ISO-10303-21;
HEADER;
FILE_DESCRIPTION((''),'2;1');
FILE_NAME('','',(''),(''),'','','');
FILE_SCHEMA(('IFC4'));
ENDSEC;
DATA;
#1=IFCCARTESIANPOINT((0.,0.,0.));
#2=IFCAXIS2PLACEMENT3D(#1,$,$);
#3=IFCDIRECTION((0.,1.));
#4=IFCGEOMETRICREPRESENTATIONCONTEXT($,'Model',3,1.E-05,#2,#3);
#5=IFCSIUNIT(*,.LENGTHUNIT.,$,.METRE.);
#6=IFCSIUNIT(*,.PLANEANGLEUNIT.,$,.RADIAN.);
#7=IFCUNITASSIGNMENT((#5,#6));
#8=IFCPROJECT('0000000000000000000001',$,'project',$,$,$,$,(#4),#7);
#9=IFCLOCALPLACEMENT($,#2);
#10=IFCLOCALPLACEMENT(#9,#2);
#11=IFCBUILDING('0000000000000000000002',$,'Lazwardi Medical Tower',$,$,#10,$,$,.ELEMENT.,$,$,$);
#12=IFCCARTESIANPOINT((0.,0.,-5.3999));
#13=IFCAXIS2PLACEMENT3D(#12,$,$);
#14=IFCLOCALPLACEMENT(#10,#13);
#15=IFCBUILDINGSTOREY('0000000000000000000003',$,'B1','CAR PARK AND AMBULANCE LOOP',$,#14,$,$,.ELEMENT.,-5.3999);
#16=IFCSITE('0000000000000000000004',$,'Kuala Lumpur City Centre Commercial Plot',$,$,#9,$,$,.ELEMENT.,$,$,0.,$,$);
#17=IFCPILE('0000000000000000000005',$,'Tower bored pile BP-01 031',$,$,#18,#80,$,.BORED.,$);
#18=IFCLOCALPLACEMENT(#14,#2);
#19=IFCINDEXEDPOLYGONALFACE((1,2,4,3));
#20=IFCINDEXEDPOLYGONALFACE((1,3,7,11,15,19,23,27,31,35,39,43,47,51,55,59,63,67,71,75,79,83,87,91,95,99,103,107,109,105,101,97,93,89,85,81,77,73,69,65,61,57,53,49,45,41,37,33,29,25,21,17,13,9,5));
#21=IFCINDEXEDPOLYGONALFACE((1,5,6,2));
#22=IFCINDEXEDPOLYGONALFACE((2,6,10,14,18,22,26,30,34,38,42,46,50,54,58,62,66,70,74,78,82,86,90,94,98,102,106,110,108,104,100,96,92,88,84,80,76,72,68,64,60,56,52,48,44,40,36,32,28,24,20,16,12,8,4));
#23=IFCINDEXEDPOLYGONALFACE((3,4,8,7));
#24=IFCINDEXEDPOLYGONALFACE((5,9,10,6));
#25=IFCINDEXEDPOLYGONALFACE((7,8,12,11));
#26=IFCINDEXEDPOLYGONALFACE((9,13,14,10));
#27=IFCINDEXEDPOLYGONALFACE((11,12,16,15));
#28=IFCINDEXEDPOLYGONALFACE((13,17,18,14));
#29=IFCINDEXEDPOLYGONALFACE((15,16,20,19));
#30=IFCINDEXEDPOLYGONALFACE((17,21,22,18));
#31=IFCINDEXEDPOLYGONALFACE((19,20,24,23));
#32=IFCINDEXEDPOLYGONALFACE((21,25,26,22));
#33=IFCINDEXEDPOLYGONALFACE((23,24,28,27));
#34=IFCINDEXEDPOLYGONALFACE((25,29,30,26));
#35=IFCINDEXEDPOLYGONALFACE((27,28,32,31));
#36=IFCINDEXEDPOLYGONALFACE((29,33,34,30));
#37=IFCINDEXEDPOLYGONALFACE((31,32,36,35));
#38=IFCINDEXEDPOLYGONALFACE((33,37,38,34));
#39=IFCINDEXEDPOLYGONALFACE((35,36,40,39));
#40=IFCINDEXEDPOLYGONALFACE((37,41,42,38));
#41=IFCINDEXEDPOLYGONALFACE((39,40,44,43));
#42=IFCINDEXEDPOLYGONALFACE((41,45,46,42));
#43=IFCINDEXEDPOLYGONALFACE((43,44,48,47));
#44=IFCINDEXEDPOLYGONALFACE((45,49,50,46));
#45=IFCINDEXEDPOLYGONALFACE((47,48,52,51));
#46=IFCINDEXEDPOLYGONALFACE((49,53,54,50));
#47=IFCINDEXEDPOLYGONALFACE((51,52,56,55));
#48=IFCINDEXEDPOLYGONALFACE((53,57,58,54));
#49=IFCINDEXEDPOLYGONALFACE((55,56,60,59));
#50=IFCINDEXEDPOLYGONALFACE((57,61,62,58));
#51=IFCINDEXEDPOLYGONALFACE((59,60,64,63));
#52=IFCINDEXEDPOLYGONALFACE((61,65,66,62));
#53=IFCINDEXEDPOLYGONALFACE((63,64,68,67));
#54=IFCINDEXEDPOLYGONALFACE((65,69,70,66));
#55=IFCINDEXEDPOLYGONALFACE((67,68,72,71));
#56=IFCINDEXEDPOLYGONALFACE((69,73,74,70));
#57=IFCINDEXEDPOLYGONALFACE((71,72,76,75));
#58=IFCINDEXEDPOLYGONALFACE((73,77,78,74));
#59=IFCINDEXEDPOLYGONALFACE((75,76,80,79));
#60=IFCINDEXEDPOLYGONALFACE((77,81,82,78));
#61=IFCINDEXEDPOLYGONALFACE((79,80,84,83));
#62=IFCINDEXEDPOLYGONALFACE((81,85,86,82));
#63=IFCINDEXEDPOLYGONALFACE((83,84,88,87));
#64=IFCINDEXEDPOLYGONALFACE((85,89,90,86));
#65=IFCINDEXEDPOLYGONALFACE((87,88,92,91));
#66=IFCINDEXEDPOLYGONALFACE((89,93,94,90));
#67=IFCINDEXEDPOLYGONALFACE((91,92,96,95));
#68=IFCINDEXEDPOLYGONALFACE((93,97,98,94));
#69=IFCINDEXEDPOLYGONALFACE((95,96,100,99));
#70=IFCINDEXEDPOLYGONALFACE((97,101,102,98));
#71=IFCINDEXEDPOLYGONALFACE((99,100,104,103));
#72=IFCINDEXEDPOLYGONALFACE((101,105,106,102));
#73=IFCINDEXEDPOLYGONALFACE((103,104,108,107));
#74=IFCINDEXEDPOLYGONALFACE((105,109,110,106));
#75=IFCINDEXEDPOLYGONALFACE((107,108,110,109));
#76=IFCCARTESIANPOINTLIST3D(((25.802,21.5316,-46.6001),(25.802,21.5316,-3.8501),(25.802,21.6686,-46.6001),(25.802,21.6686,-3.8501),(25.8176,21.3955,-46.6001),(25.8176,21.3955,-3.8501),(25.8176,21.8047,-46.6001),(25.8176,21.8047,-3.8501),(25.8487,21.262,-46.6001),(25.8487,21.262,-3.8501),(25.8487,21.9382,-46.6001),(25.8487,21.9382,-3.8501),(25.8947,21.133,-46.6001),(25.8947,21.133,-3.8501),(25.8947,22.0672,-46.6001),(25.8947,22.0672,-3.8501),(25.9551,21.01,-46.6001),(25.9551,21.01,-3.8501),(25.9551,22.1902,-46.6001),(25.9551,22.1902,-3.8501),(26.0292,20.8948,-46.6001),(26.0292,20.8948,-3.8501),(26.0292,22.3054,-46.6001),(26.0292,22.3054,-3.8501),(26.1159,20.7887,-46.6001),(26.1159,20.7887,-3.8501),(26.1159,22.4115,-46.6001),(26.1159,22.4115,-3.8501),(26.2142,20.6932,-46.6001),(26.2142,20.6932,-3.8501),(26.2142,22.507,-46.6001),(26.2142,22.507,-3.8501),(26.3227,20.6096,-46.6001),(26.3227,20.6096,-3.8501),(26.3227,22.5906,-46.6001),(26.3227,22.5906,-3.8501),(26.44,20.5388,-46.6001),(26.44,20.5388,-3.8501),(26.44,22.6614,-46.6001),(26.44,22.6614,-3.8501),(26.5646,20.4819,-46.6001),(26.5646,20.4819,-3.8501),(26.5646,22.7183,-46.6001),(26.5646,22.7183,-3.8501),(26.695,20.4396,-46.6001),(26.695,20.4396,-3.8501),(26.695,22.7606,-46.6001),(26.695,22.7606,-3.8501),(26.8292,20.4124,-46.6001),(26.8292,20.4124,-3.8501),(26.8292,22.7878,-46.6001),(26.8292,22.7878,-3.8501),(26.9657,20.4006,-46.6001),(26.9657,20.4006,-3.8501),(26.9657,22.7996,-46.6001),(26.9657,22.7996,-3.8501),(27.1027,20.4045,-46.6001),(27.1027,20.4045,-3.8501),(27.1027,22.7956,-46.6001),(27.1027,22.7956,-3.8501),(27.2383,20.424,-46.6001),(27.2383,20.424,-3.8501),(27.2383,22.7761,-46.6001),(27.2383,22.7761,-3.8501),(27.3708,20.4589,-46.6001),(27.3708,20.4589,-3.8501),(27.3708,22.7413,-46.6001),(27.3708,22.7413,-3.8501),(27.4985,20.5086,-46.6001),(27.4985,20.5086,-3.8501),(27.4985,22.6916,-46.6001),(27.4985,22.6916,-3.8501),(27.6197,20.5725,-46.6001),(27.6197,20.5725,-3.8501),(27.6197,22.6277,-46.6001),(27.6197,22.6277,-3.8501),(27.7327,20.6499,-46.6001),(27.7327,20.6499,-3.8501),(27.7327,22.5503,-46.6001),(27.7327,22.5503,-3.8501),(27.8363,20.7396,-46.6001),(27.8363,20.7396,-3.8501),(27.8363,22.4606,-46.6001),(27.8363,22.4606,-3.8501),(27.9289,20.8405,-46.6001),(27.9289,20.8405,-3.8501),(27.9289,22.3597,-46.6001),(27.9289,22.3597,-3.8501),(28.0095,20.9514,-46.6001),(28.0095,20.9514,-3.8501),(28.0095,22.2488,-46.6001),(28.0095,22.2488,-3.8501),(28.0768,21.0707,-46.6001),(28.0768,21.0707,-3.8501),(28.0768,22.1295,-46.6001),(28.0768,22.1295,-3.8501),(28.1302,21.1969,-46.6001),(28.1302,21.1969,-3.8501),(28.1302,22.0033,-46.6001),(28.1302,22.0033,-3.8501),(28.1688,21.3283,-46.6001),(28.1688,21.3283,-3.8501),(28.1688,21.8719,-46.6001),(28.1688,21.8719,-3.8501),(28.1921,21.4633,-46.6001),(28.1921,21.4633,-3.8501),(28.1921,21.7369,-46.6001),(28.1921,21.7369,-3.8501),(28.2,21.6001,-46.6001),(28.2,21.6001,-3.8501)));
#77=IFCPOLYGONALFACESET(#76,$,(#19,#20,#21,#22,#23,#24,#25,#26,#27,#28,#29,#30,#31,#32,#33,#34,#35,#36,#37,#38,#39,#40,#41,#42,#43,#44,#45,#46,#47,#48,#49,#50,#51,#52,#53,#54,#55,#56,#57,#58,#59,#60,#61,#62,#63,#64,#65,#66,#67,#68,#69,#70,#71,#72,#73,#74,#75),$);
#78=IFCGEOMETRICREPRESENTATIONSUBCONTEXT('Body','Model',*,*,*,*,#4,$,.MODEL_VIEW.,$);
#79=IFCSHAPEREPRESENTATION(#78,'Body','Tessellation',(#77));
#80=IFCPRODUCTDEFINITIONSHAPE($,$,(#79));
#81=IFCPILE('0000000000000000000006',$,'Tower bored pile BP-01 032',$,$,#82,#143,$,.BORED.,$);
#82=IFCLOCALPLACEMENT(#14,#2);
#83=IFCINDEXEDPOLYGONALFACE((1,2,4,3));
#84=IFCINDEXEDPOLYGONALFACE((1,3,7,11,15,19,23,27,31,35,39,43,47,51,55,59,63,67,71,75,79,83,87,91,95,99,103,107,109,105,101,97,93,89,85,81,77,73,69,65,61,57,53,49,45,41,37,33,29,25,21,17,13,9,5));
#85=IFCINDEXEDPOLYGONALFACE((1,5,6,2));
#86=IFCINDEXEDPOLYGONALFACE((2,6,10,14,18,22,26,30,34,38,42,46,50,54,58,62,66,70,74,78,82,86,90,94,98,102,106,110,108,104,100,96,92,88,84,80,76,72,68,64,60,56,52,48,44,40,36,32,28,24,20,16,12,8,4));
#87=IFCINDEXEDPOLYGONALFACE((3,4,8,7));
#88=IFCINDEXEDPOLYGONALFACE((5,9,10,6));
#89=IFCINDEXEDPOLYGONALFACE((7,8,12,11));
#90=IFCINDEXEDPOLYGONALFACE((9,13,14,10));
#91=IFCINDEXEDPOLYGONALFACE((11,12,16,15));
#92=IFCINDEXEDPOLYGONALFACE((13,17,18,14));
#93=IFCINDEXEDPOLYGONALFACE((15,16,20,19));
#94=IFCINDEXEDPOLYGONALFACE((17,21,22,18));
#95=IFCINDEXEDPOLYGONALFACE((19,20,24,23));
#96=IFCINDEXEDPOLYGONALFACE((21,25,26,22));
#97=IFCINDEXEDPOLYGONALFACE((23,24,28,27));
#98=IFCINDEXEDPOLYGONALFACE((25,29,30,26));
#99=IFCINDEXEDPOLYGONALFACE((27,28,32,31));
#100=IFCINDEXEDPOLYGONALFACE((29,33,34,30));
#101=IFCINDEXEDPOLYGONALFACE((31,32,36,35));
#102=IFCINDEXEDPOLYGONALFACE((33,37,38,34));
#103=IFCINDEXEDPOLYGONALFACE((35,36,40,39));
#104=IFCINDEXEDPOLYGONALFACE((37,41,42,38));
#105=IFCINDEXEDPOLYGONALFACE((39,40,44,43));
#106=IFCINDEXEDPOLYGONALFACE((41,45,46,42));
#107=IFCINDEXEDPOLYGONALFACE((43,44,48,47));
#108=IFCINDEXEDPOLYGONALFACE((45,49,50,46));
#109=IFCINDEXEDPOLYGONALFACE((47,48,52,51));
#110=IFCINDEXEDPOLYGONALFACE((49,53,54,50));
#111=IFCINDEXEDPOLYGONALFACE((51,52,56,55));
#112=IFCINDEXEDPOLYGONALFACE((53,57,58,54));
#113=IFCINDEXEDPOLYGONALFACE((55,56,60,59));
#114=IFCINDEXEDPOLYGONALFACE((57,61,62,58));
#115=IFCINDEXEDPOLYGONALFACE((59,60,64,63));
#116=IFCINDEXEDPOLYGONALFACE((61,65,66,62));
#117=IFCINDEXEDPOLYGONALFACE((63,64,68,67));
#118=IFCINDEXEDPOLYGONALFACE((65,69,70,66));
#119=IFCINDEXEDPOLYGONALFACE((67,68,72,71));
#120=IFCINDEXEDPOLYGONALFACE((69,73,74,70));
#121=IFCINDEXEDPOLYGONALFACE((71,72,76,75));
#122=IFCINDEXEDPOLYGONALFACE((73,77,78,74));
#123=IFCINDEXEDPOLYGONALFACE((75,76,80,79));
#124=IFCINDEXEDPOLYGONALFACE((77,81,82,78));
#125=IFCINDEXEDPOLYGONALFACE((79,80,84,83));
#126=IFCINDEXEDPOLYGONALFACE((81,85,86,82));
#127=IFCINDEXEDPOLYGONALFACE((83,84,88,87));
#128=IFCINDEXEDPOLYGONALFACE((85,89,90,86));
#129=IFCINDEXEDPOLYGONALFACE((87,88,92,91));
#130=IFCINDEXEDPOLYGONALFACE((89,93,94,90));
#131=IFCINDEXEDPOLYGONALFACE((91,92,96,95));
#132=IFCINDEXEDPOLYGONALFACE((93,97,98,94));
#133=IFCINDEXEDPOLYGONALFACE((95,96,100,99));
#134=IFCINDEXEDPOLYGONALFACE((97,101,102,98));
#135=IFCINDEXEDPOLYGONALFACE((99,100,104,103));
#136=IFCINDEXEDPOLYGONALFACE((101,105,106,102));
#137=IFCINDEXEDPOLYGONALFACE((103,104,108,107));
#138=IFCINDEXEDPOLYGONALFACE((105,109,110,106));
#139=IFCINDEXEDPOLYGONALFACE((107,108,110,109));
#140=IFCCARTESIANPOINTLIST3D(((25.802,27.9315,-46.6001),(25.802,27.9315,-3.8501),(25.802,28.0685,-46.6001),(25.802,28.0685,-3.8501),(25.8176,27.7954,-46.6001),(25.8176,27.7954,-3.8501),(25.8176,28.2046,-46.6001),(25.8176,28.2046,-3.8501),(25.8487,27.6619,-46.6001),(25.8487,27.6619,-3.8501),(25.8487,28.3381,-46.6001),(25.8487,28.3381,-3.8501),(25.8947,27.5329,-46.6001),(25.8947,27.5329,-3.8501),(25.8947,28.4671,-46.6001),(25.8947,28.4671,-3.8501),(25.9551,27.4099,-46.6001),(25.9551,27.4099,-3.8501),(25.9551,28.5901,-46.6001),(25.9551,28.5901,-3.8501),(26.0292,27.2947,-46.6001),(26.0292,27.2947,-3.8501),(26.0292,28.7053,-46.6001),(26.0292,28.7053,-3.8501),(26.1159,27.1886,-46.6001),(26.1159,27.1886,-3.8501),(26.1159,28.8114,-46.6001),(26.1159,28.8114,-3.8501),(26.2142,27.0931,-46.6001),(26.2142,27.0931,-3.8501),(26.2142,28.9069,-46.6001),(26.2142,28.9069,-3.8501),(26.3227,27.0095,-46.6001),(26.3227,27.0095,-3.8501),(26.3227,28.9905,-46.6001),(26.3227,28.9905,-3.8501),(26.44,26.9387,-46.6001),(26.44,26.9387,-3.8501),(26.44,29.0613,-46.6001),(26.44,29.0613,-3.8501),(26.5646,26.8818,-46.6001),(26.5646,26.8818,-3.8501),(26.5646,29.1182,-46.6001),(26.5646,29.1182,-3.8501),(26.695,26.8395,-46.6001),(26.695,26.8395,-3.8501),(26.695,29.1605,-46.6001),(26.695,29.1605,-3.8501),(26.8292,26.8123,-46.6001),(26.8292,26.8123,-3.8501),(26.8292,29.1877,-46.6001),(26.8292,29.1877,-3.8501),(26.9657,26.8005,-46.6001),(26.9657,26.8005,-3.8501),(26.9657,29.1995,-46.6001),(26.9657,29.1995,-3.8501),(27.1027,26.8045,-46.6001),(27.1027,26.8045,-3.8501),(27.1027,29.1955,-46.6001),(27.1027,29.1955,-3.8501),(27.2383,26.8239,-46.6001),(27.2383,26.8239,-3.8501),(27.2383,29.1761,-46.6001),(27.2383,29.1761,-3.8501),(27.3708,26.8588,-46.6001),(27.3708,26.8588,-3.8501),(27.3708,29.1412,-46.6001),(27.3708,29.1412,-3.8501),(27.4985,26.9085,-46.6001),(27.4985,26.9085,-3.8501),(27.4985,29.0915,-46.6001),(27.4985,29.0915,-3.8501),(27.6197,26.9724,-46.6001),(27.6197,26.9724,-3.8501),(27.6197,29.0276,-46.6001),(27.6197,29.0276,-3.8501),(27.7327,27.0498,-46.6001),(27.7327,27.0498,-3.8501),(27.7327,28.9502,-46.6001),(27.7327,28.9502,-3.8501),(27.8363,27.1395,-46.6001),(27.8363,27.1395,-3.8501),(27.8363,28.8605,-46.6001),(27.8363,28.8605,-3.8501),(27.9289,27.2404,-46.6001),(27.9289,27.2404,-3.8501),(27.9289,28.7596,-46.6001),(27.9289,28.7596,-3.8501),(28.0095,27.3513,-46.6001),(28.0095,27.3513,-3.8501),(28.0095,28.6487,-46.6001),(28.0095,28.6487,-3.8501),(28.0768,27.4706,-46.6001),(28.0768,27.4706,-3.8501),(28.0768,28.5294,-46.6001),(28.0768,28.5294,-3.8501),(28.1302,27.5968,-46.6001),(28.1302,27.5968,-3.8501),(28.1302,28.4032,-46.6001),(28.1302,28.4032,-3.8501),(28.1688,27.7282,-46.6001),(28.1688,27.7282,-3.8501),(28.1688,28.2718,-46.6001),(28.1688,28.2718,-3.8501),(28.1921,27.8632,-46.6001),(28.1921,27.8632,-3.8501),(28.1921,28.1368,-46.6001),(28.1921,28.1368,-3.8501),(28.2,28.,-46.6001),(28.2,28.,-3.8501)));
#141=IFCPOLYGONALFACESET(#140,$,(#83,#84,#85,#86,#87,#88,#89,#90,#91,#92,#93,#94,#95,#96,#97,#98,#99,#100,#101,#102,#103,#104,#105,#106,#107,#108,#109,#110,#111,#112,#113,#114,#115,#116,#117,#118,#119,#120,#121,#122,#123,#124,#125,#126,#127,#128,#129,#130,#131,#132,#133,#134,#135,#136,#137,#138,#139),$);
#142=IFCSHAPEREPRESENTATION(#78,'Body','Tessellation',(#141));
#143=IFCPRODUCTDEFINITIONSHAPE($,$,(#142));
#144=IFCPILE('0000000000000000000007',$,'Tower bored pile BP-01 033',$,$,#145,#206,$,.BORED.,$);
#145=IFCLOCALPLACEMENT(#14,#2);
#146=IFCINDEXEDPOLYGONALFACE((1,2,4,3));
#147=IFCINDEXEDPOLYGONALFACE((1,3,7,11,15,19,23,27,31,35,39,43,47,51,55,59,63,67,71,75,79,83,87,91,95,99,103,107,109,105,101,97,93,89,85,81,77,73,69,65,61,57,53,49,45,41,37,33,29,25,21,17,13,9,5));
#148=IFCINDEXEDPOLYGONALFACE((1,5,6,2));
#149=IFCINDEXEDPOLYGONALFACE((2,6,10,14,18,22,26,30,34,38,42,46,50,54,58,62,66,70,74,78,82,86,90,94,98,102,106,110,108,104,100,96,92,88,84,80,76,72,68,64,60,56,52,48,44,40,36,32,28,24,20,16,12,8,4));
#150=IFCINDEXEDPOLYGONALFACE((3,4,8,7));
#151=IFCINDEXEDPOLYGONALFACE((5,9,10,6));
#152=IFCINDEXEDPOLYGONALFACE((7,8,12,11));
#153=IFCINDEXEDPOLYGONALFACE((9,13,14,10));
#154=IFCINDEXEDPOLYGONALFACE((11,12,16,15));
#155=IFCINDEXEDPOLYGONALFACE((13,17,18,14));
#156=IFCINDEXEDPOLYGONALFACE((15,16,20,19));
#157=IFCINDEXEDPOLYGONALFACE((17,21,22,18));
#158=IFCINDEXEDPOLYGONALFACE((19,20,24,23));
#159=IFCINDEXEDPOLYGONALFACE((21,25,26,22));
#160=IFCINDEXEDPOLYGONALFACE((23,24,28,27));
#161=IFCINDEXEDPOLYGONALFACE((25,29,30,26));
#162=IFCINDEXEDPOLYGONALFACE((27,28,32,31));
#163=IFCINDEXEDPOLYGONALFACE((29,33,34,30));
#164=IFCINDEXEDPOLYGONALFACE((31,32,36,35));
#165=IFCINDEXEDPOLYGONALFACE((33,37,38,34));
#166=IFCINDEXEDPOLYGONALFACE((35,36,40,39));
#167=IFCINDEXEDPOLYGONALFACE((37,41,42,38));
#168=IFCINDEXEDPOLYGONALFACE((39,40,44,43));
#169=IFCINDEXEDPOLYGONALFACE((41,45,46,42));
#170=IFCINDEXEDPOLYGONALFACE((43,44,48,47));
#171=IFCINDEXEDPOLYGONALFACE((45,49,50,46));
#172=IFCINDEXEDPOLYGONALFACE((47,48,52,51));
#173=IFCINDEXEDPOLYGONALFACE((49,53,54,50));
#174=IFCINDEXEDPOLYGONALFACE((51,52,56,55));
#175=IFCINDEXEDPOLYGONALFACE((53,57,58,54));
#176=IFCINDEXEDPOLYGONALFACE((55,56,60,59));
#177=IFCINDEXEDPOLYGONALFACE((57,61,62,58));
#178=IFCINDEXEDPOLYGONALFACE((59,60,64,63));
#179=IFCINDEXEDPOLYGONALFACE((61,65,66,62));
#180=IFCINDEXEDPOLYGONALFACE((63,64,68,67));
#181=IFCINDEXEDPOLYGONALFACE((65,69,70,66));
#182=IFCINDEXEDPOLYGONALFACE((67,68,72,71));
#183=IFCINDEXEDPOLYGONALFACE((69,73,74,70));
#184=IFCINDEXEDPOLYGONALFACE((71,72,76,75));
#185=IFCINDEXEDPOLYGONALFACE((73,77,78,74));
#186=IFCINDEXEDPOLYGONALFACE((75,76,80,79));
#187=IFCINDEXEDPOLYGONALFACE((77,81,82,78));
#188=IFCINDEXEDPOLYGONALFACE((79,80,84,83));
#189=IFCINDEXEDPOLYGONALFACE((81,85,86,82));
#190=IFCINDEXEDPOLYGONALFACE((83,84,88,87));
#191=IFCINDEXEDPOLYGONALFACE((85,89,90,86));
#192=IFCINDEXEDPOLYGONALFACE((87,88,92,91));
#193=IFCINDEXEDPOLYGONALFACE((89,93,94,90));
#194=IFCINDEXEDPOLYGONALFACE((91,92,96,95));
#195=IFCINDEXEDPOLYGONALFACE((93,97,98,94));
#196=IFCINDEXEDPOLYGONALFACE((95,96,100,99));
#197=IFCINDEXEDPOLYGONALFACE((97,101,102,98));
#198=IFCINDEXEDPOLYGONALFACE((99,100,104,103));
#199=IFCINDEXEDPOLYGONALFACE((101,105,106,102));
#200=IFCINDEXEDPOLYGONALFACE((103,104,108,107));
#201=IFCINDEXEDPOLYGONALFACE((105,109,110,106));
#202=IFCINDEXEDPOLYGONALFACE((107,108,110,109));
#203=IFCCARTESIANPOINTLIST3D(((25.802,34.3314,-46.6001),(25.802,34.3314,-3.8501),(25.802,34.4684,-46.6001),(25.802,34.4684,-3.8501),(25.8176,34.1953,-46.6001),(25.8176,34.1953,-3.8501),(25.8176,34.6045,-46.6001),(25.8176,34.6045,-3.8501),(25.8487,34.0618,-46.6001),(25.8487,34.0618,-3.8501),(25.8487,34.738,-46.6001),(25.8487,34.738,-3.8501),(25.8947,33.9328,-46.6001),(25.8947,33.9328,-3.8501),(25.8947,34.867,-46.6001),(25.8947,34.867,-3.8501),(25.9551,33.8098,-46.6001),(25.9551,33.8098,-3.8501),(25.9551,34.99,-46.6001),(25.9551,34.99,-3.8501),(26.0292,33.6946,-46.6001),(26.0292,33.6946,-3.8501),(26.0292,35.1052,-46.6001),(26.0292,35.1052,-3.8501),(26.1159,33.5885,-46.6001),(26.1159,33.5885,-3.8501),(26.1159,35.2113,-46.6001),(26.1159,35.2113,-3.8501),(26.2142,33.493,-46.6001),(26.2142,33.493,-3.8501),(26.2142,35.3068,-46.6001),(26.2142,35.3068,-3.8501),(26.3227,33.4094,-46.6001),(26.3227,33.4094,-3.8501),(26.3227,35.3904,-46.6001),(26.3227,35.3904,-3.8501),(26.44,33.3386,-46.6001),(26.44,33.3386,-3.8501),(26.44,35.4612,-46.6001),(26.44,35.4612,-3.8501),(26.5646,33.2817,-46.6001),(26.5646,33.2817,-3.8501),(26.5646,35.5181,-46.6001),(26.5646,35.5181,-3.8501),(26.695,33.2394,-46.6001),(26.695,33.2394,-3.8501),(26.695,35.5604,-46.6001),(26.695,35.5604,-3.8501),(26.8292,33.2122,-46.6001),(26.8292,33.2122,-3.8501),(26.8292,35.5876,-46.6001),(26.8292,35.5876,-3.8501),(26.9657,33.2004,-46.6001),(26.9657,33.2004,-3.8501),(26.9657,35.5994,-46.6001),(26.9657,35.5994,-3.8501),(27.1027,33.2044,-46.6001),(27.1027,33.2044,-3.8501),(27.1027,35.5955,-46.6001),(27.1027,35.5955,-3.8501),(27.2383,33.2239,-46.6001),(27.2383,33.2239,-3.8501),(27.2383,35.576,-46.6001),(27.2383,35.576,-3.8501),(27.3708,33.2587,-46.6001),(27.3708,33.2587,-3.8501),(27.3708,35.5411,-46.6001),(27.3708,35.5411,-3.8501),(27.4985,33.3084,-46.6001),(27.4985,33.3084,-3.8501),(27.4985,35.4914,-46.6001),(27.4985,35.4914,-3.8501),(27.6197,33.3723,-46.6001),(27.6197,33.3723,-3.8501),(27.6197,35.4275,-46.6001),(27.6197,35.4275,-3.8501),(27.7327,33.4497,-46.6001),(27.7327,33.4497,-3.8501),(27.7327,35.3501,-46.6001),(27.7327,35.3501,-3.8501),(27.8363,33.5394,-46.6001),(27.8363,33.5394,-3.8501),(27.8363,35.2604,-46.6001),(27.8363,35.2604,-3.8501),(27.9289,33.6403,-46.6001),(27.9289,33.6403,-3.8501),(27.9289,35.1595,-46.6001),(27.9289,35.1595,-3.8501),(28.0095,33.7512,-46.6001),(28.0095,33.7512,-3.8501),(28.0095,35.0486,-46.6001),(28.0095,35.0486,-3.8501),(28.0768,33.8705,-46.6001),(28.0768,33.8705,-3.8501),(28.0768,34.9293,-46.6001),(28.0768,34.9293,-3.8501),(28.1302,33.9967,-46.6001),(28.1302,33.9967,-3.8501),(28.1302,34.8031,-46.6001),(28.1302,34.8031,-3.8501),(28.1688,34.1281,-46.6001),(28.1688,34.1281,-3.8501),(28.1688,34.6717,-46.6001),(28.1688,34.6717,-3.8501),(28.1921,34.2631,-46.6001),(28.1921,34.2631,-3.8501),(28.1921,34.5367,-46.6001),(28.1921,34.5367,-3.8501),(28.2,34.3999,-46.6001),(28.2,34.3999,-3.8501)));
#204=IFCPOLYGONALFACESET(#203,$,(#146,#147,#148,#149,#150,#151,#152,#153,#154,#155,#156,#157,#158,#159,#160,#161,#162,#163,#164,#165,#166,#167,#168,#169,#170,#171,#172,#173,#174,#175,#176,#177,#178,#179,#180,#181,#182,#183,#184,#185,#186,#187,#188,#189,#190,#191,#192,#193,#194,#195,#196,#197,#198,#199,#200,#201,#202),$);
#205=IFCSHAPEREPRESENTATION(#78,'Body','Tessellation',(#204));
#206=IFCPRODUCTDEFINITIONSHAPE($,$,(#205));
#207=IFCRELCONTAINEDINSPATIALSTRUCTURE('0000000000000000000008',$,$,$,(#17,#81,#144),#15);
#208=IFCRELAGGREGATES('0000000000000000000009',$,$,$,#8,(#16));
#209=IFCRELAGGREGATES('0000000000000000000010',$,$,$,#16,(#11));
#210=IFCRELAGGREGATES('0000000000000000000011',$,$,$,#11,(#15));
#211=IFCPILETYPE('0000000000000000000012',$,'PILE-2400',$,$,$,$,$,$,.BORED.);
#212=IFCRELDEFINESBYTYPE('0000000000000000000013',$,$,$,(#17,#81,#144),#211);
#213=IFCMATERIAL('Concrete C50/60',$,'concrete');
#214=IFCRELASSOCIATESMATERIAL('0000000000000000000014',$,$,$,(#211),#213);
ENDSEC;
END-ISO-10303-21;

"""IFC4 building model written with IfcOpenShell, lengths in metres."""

from ifc_helpers import new_model, si_unit, direction, frame, origin, origin_2d, place, context, subcontext, project, spatial, circle, extrude, material, material_profile, profile_set, type_object, element, save


model = new_model("IFC4")

# Units and contexts
model_context = context("Model", 3, precision=1e-05, world=origin(), true_north=direction((0.0, 1.0)))
body_context = subcontext(model_context, "Body", "Model", "MODEL_VIEW")
ifc_project = project(units=[si_unit("LENGTHUNIT", "METRE"), si_unit("PLANEANGLEUNIT", "RADIAN")], contexts=[model_context])

# Site, building, storey
site_placement = place(None, origin())
site = spatial("IfcSite", under=ifc_project, at=site_placement, Name="Kuala Lumpur City Centre Commercial Plot", CompositionType="ELEMENT", RefElevation=0.0)
building_placement = place(site_placement, origin())
building = spatial("IfcBuilding", under=site, at=building_placement, Name="Lazwardi Medical Tower", CompositionType="ELEMENT")
storey_placement = place(building_placement, frame((0.0, 0.0, -5.3999)))
storey = spatial("IfcBuildingStorey", under=building, at=storey_placement, Name="B1", Description="CAR PARK AND AMBULANCE LOOP", CompositionType="ELEMENT", Elevation=-5.3999)

# Piles
ifc_material_1 = material(Name="Concrete C50/60", Category="concrete")
ifc_material_profile = material_profile(ifc_material_1, circle(Radius=1.2, at=origin_2d()), Name="BORED PILE D2400")
ifc_profile_set = profile_set([ifc_material_profile], Name="Concrete C50/60")
pile_type = type_object("IfcPileType", Name="PILE-2400", PredefinedType="BORED", material=ifc_profile_set)
for number, where, z_axis, x_axis, name in (
    (1, (27.0, 21.6001, -3.8501), (0.0, 0.0, -1.0), (1.0, 0.0, 0.0), "Tower bored pile BP-01 031"),
    (2, (27.0, 28.0, -3.8501), (0.0, 0.0, -1.0), (1.0, 0.0, 0.0), "Tower bored pile BP-01 032"),
    (3, (27.0, 34.3999, -3.8501), (0.0, 0.0, -1.0), (1.0, 0.0, 0.0), "Tower bored pile BP-01 033"),
):
    element("IfcPile", number, at=place(storey_placement, frame(where, z_axis=z_axis, x_axis=x_axis)), inside=storey, type_object=pile_type, Name=name, PredefinedType="BORED", context=body_context, shape_type="SweptSolid", body=[
        extrude(circle(Radius=1.2, at=origin_2d()), origin(), (0.0, 0.0, 1.0), 42.75),
    ])

save(model, "model.ifc")
